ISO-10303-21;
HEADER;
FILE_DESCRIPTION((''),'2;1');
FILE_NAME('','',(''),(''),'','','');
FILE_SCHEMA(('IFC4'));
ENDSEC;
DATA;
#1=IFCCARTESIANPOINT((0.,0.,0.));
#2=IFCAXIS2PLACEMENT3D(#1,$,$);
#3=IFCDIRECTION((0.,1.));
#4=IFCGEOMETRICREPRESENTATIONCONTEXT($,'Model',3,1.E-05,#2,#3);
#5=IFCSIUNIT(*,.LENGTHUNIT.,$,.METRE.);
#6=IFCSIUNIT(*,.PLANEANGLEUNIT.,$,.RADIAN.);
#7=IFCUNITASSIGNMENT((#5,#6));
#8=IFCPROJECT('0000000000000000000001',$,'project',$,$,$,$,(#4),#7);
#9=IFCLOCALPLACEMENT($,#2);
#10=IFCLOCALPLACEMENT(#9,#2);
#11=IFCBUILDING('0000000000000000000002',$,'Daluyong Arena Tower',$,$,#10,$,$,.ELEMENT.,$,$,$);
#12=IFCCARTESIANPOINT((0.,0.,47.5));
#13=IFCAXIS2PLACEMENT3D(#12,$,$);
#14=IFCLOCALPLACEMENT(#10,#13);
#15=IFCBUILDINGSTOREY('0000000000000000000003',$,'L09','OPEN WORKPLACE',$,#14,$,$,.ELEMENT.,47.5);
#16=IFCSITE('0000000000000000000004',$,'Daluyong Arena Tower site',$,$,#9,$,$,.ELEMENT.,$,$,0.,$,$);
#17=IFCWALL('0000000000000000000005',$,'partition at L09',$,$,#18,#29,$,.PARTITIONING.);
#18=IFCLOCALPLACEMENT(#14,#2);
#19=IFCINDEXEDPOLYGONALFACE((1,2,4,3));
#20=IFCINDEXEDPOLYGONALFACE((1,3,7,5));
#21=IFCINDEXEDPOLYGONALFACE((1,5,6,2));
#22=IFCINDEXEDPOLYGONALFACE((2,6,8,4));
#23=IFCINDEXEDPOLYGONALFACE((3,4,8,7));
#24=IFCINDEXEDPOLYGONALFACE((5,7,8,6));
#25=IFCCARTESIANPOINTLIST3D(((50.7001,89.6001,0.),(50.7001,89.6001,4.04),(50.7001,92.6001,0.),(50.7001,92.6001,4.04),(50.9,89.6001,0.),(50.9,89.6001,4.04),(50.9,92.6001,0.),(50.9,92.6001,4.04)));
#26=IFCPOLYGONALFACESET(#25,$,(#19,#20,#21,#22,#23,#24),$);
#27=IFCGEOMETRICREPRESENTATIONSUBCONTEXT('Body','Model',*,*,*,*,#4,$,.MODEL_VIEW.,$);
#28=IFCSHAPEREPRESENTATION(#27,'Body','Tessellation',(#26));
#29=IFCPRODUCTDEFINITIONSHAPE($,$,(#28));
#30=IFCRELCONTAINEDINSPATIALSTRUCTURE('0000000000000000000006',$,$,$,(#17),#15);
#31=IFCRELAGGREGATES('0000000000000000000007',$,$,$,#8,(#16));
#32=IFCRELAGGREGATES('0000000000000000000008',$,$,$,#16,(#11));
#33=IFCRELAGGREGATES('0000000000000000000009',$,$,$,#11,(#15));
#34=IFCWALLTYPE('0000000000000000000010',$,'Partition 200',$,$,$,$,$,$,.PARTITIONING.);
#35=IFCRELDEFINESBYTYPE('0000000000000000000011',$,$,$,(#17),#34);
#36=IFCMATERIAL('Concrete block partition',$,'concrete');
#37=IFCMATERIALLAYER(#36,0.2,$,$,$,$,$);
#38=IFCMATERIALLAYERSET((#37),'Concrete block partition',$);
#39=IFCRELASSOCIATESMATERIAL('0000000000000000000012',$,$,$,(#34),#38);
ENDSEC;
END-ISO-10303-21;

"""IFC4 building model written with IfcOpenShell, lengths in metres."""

from ifc_helpers import new_model, si_unit, direction, frame, frame_2d, origin, place, context, subcontext, project, spatial, rectangle, extrude, material, layer, layer_set, type_object, element, save


model = new_model("IFC4")

# Units and contexts
model_context = context("Model", 3, precision=1e-05, world=origin(), true_north=direction((0.0, 1.0)))
body_context = subcontext(model_context, "Body", "Model", "MODEL_VIEW")
ifc_project = project(units=[si_unit("LENGTHUNIT", "METRE"), si_unit("PLANEANGLEUNIT", "RADIAN")], contexts=[model_context])

# Site, building, storey
site_placement = place(None, origin())
site = spatial("IfcSite", under=ifc_project, at=site_placement, Name="Daluyong Arena Tower site", CompositionType="ELEMENT", RefElevation=0.0)
building_placement = place(site_placement, origin())
building = spatial("IfcBuilding", under=site, at=building_placement, Name="Daluyong Arena Tower", CompositionType="ELEMENT")
storey_placement = place(building_placement, frame((0.0, 0.0, 47.5)))
storey = spatial("IfcBuildingStorey", under=building, at=storey_placement, Name="L09", Description="OPEN WORKPLACE", CompositionType="ELEMENT", Elevation=47.5)

# Wall
ifc_material_1 = material(Name="Concrete block partition", Category="concrete")
ifc_layer_1 = layer(ifc_material_1, 0.2)
ifc_layer_set_1 = layer_set([ifc_layer_1], Name="Concrete block partition")
wall_type_1 = type_object("IfcWallType", Name="Partition 200", PredefinedType="PARTITIONING", material=ifc_layer_set_1)
for number, where, z_axis, x_axis, name in (
    (1, (50.8, 89.6001, 0.0), (0.0, 0.0, 1.0), (0.0, 1.0, 0.0), "partition at L09"),
):
    element("IfcWall", number, at=place(storey_placement, frame(where, z_axis=z_axis, x_axis=x_axis)), inside=storey, type_object=wall_type_1, Name=name, PredefinedType="PARTITIONING", context=body_context, shape_type="SweptSolid", body=[
        extrude(rectangle(XDim=3.0, YDim=0.2, at=frame_2d((1.5, 0.0))), origin(), (0.0, 0.0, 1.0), 4.04),
    ])

save(model, "model.ifc")
